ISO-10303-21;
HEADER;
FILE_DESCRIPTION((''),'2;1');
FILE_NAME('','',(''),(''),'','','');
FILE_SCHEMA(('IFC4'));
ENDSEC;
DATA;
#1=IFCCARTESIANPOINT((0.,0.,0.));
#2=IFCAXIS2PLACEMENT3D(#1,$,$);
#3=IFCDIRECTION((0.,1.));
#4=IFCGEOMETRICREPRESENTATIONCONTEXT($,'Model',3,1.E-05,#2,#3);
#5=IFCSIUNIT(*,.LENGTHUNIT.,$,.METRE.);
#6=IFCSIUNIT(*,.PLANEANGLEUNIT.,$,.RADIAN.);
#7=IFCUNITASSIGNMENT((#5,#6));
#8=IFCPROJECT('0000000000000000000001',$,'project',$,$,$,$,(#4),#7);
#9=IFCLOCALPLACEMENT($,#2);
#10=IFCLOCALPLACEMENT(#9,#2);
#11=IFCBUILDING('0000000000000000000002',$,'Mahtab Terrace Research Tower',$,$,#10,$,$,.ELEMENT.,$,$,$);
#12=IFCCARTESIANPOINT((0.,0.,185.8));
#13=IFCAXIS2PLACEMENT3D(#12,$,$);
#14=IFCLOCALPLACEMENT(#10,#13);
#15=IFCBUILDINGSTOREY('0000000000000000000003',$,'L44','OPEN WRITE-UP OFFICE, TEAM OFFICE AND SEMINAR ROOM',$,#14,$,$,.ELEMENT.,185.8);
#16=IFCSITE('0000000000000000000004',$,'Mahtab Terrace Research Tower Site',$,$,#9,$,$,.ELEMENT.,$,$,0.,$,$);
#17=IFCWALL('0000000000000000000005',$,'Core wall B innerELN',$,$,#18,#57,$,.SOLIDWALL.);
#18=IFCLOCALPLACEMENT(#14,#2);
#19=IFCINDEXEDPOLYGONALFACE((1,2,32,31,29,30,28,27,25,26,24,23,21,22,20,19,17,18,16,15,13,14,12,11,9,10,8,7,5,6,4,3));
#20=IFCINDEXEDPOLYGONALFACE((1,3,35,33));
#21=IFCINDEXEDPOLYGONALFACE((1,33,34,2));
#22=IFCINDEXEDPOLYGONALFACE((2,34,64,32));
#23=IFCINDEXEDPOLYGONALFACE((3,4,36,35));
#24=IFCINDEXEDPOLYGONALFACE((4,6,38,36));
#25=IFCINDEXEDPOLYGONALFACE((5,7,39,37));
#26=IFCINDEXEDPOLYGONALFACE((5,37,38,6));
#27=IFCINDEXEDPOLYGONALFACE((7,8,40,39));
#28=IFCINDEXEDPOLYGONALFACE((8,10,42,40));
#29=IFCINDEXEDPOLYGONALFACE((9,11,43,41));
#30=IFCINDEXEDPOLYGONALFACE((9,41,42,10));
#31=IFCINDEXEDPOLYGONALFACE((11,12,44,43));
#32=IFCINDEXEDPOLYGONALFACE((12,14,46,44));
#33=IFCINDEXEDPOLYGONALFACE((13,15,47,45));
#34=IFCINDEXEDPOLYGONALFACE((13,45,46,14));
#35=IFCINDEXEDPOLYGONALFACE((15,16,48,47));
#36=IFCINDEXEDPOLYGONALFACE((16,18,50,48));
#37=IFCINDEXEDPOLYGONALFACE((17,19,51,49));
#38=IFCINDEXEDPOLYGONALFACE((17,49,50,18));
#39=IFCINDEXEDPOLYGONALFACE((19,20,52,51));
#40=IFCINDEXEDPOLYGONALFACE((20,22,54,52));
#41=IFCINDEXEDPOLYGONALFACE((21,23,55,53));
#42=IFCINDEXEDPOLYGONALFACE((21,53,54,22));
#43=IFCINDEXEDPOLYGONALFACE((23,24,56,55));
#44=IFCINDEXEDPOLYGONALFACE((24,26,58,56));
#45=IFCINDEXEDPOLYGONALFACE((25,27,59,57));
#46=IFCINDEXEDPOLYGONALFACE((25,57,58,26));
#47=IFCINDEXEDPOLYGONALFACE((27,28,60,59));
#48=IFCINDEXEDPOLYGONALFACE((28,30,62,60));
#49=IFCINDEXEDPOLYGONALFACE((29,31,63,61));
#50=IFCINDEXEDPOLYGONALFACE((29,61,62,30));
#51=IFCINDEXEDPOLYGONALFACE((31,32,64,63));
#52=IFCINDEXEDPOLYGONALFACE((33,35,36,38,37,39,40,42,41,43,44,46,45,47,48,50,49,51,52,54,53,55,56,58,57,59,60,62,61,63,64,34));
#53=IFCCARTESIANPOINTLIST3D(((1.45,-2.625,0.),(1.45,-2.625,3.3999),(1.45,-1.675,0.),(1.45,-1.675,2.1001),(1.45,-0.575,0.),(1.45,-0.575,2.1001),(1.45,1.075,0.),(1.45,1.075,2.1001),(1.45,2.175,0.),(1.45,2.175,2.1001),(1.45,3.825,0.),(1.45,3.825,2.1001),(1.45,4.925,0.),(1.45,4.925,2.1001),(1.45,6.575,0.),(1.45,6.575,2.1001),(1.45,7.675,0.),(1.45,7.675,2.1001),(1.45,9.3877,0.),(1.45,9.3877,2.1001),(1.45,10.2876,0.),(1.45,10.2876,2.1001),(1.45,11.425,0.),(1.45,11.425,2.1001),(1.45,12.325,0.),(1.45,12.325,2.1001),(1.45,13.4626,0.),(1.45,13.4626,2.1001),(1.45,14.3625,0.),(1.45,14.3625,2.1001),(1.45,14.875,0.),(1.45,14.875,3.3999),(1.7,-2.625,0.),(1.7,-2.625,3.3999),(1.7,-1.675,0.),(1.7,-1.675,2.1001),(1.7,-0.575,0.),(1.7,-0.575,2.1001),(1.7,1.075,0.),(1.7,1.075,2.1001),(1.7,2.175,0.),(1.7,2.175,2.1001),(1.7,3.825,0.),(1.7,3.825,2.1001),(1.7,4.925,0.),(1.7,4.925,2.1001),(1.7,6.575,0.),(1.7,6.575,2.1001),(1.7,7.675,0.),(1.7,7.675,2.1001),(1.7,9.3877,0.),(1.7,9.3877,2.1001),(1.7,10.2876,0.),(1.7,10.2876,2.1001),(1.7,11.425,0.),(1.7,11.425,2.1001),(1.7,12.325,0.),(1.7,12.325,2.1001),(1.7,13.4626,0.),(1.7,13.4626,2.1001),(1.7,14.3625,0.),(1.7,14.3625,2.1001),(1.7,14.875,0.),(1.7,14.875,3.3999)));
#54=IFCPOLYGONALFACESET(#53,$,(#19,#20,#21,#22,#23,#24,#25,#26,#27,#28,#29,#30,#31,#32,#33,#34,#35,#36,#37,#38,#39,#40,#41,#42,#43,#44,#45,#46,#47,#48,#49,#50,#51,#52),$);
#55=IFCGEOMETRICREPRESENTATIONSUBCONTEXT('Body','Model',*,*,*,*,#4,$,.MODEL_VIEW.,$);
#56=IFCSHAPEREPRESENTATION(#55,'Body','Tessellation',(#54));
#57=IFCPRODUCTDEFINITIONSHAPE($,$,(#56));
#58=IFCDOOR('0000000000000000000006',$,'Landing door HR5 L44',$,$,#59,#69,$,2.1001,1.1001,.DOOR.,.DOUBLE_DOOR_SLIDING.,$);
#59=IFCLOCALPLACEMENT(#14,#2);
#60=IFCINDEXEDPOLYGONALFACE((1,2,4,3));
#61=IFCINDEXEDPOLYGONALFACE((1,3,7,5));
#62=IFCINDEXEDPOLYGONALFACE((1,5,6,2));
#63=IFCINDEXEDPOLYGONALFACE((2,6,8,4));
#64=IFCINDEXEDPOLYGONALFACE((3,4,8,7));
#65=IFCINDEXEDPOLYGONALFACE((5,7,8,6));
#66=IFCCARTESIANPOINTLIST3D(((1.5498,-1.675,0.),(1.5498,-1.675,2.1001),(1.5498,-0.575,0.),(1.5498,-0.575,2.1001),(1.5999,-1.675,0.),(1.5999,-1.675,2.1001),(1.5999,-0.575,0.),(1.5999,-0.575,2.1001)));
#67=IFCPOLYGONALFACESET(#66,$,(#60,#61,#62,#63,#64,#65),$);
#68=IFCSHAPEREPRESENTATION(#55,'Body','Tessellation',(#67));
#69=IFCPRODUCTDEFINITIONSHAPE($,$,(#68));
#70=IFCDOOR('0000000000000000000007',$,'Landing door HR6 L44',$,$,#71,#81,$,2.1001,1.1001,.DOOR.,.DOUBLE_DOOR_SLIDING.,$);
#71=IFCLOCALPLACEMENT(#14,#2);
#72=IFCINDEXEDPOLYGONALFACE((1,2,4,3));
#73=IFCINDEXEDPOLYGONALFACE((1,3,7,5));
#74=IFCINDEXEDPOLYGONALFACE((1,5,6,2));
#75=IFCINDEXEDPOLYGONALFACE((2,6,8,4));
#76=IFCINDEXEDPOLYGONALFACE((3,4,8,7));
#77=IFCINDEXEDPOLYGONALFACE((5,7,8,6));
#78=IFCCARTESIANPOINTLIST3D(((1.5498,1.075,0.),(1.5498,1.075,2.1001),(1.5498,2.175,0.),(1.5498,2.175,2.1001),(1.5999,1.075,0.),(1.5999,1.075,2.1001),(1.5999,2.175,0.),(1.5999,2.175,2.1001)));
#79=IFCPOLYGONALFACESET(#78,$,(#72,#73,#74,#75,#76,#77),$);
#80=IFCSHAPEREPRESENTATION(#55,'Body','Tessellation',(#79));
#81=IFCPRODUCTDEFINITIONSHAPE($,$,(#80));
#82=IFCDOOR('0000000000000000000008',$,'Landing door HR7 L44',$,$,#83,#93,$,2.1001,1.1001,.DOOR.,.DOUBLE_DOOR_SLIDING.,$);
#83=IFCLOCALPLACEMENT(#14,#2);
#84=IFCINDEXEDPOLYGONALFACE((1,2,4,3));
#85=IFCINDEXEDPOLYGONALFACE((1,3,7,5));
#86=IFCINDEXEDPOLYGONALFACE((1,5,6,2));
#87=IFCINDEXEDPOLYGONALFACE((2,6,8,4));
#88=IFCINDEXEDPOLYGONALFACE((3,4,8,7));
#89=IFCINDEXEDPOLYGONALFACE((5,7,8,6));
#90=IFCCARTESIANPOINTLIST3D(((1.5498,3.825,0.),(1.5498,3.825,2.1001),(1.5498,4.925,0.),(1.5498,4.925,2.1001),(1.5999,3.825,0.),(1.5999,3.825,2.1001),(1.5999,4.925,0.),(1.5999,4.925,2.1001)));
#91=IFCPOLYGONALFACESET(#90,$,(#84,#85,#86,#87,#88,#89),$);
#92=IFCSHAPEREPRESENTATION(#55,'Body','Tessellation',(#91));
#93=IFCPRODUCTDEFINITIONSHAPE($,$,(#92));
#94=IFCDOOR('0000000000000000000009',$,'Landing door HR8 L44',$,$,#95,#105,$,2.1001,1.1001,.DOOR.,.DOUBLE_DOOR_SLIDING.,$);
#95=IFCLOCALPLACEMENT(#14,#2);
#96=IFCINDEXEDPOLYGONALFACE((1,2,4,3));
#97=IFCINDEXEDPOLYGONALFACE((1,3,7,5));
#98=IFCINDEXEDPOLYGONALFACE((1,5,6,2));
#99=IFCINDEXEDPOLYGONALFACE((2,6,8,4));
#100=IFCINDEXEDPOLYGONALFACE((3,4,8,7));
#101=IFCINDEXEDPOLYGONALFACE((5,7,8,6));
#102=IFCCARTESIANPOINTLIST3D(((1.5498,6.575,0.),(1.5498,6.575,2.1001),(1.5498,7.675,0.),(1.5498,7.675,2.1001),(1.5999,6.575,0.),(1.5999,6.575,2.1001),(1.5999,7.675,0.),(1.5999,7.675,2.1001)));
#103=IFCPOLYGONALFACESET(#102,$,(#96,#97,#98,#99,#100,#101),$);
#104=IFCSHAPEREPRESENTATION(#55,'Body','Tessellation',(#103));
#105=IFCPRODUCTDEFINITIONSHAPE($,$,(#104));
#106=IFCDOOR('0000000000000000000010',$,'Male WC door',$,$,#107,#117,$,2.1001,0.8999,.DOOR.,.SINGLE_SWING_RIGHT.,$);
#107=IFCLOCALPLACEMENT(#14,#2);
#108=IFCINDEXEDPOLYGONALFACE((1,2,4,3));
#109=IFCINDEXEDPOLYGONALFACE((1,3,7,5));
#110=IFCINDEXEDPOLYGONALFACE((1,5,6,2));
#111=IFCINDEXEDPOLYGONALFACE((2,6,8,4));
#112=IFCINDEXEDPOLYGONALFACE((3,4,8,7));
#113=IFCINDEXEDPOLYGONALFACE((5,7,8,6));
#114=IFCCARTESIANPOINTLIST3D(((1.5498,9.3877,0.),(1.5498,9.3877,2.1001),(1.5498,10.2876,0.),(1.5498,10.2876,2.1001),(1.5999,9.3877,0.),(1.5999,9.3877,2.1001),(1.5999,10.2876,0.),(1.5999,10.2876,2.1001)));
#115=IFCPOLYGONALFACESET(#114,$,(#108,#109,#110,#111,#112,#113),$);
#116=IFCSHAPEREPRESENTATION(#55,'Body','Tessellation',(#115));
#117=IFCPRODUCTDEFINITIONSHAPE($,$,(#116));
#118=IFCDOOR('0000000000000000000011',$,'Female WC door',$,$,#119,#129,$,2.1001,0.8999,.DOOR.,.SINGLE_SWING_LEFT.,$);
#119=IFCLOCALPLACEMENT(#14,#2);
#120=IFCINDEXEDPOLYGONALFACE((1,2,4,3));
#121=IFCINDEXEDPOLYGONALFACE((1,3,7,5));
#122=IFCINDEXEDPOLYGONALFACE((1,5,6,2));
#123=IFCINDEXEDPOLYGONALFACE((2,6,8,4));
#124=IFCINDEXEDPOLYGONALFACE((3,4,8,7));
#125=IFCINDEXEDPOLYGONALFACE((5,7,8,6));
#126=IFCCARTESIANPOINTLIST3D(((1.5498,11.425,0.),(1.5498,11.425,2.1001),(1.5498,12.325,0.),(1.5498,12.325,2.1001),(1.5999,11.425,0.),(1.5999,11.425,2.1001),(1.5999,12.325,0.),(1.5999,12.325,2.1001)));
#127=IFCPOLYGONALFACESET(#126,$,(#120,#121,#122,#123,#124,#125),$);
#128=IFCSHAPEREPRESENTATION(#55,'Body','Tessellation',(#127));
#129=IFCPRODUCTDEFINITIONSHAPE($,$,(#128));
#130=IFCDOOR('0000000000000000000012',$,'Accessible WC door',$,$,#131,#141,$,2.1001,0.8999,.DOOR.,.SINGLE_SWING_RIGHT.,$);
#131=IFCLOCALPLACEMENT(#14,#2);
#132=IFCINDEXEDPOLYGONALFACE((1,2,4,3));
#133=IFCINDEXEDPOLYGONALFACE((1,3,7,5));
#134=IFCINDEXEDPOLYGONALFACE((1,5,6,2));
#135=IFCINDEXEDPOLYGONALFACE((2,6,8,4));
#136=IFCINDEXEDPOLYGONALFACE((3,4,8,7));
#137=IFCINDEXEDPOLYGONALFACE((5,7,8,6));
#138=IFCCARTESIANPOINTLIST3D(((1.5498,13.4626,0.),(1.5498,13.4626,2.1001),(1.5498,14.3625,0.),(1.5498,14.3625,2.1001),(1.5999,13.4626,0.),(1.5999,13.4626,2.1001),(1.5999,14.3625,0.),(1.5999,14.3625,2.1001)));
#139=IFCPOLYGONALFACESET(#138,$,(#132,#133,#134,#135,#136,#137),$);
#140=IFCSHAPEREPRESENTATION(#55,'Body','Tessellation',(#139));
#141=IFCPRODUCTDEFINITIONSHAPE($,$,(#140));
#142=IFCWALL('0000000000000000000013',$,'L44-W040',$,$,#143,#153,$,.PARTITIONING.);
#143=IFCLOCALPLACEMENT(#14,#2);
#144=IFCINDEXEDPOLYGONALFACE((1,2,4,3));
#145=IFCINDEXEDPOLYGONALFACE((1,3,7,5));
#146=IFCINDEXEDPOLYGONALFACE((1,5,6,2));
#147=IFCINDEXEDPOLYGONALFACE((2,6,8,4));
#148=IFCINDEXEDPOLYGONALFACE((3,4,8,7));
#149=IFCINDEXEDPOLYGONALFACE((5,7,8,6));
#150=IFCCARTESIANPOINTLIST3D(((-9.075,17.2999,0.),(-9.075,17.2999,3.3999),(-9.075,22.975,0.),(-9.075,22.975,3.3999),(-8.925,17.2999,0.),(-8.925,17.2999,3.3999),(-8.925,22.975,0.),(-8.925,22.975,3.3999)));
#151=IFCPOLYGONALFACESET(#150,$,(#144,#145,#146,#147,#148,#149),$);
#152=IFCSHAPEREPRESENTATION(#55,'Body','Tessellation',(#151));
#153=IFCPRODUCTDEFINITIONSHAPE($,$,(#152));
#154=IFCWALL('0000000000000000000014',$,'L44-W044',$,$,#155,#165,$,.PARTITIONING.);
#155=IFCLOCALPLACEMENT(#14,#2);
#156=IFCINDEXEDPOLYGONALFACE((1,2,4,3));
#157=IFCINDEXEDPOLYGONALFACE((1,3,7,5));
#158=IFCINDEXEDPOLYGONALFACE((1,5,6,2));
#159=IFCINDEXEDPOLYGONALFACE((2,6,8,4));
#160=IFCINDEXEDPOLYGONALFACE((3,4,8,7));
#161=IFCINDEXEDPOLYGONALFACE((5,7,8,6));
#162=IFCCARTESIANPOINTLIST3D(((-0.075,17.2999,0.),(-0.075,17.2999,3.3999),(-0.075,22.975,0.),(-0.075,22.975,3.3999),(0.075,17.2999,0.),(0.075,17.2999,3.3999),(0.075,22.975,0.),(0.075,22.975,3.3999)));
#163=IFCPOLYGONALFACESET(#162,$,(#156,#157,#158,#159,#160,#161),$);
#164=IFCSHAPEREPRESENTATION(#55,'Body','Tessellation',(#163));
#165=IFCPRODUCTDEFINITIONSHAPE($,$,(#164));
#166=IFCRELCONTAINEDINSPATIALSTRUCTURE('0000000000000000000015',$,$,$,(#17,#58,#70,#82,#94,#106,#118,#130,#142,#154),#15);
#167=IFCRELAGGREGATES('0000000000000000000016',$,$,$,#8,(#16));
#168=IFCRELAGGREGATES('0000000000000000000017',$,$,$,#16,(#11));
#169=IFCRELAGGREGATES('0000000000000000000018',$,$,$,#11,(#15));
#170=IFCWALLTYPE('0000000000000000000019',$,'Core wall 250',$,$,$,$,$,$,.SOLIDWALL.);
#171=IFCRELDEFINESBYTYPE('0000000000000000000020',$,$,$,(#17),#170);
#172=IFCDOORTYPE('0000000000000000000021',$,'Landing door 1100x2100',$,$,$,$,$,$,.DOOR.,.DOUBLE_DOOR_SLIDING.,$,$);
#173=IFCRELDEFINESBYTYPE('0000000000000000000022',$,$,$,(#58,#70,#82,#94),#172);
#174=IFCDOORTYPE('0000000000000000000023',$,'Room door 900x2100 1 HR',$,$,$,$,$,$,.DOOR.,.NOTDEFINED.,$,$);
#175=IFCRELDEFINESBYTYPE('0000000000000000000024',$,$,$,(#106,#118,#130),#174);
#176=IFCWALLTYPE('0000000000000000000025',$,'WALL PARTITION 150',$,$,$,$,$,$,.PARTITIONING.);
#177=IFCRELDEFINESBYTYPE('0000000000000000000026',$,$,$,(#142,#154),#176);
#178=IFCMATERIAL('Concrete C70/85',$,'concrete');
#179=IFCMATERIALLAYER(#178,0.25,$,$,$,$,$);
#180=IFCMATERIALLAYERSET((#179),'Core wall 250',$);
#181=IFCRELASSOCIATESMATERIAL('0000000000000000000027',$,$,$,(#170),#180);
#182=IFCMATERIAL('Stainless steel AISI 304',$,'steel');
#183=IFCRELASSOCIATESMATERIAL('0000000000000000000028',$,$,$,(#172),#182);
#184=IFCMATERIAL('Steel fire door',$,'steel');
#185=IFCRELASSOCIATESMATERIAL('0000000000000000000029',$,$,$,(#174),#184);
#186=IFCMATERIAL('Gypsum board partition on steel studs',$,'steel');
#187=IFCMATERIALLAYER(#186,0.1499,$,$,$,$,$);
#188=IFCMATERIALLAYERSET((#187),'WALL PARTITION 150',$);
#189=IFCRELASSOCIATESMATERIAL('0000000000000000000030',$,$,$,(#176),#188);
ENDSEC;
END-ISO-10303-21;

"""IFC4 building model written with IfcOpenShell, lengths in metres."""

from ifc_helpers import new_model, si_unit, direction, frame, frame_2d, origin, place, context, subcontext, project, spatial, rectangle, extrude, material, layer, layer_set, type_object, element, fill, save


model = new_model("IFC4")

# Units and contexts
model_context = context("Model", 3, precision=1e-05, world=origin(), true_north=direction((0.0, 1.0)))
body_context = subcontext(model_context, "Body", "Model", "MODEL_VIEW")
ifc_project = project(units=[si_unit("LENGTHUNIT", "METRE"), si_unit("PLANEANGLEUNIT", "RADIAN")], contexts=[model_context])

# Site, building, storey
site_placement = place(None, origin())
site = spatial("IfcSite", under=ifc_project, at=site_placement, Name="Mahtab Terrace Research Tower Site", CompositionType="ELEMENT", RefElevation=0.0)
building_placement = place(site_placement, origin())
building = spatial("IfcBuilding", under=site, at=building_placement, Name="Mahtab Terrace Research Tower", CompositionType="ELEMENT")
storey_placement = place(building_placement, frame((0.0, 0.0, 185.8)))
storey = spatial("IfcBuildingStorey", under=building, at=storey_placement, Name="L44", Description="OPEN WRITE-UP OFFICE, TEAM OFFICE AND SEMINAR ROOM", CompositionType="ELEMENT", Elevation=185.8)

# Shared definitions
ifc_material_1 = material(Name="Concrete C70/85", Category="concrete")
ifc_layer_1 = layer(ifc_material_1, 0.25)
ifc_layer_set_1 = layer_set([ifc_layer_1], Name="Core wall 250")
wall_type_1 = type_object("IfcWallType", Name="Core wall 250", PredefinedType="SOLIDWALL", material=ifc_layer_set_1)

# Shared definitions
ifc_material_2 = material(Name="Steel fire door", Category="steel")

# Wall, openings, doors
wall_1_placement = place(storey_placement, frame((1.575, 14.875, 0.0), z_axis=(0.0, 0.0, 1.0), x_axis=(0.0, -1.0, 0.0)))
wall_1 = element("IfcWall", 1, at=wall_1_placement, inside=storey, type_object=wall_type_1, Name="Core wall B innerELN", PredefinedType="SOLIDWALL", context=body_context, shape_type="SweptSolid", body=[
    extrude(rectangle(XDim=17.5, YDim=0.25, at=frame_2d((8.75, 0.0))), origin(), (0.0, 0.0, 1.0), 3.3999),
])
opening_1_placement = place(wall_1_placement, frame((15.45, 0.0, 0.0)))
opening_1 = element("IfcOpeningElement", 2, at=opening_1_placement, cuts=wall_1, PredefinedType="OPENING", context=body_context, shape_type="SweptSolid", body=[
    extrude(rectangle(XDim=1.1001, YDim=2.1001, at=frame_2d((0.55, 1.05))), frame((0.0, 0.135, 0.0), z_axis=(0.0, -1.0, 0.0), x_axis=(1.0, 0.0, 0.0)), (0.0, 0.0, 1.0), 0.27),
])
opening_2_placement = place(wall_1_placement, frame((12.7, 0.0, 0.0)))
opening_2 = element("IfcOpeningElement", 3, at=opening_2_placement, cuts=wall_1, PredefinedType="OPENING", context=body_context, shape_type="SweptSolid", body=[
    extrude(rectangle(XDim=1.1001, YDim=2.1001, at=frame_2d((0.55, 1.05))), frame((0.0, 0.135, 0.0), z_axis=(0.0, -1.0, 0.0), x_axis=(1.0, 0.0, 0.0)), (0.0, 0.0, 1.0), 0.27),
])
opening_3_placement = place(wall_1_placement, frame((9.95, 0.0, 0.0)))
opening_3 = element("IfcOpeningElement", 4, at=opening_3_placement, cuts=wall_1, PredefinedType="OPENING", context=body_context, shape_type="SweptSolid", body=[
    extrude(rectangle(XDim=1.1001, YDim=2.1001, at=frame_2d((0.55, 1.05))), frame((0.0, 0.135, 0.0), z_axis=(0.0, -1.0, 0.0), x_axis=(1.0, 0.0, 0.0)), (0.0, 0.0, 1.0), 0.27),
])
opening_4_placement = place(wall_1_placement, frame((7.2, 0.0, 0.0)))
opening_4 = element("IfcOpeningElement", 5, at=opening_4_placement, cuts=wall_1, PredefinedType="OPENING", context=body_context, shape_type="SweptSolid", body=[
    extrude(rectangle(XDim=1.1001, YDim=2.1001, at=frame_2d((0.55, 1.05))), frame((0.0, 0.135, 0.0), z_axis=(0.0, -1.0, 0.0), x_axis=(1.0, 0.0, 0.0)), (0.0, 0.0, 1.0), 0.27),
])
opening_5_placement = place(wall_1_placement, frame((4.5874, 0.0, 0.0)))
opening_5 = element("IfcOpeningElement", 6, at=opening_5_placement, cuts=wall_1, PredefinedType="OPENING", context=body_context, shape_type="SweptSolid", body=[
    extrude(rectangle(XDim=0.8999, YDim=2.1001, at=frame_2d((0.45, 1.05))), frame((0.0, 0.135, 0.0), z_axis=(0.0, -1.0, 0.0), x_axis=(1.0, 0.0, 0.0)), (0.0, 0.0, 1.0), 0.27),
])
opening_6_placement = place(wall_1_placement, frame((2.55, 0.0, 0.0)))
opening_6 = element("IfcOpeningElement", 7, at=opening_6_placement, cuts=wall_1, PredefinedType="OPENING", context=body_context, shape_type="SweptSolid", body=[
    extrude(rectangle(XDim=0.8999, YDim=2.1001, at=frame_2d((0.45, 1.05))), frame((0.0, 0.135, 0.0), z_axis=(0.0, -1.0, 0.0), x_axis=(1.0, 0.0, 0.0)), (0.0, 0.0, 1.0), 0.27),
])
opening_7_placement = place(wall_1_placement, frame((0.5125, 0.0, 0.0)))
opening_7 = element("IfcOpeningElement", 8, at=opening_7_placement, cuts=wall_1, PredefinedType="OPENING", context=body_context, shape_type="SweptSolid", body=[
    extrude(rectangle(XDim=0.8999, YDim=2.1001, at=frame_2d((0.45, 1.05))), frame((0.0, 0.135, 0.0), z_axis=(0.0, -1.0, 0.0), x_axis=(1.0, 0.0, 0.0)), (0.0, 0.0, 1.0), 0.27),
])
ifc_material_3 = material(Name="Stainless steel AISI 304", Category="steel")
door_type_1 = type_object("IfcDoorType", Name="Landing door 1100x2100", OperationType="DOUBLE_DOOR_SLIDING", PredefinedType="DOOR", material=ifc_material_3)
door_1_placement = place(opening_1_placement, origin())
door_1 = element("IfcDoor", 9, at=door_1_placement, inside=storey, type_object=door_type_1, Name="Landing door HR5 L44", OperationType="DOUBLE_DOOR_SLIDING", OverallHeight=2.1001, OverallWidth=1.1001, PredefinedType="DOOR", context=body_context, shape_type="SweptSolid", body=[
    extrude(rectangle(XDim=1.1001, YDim=2.1001, at=frame_2d((0.55, 1.05))), frame((0.0, 0.0249, 0.0), z_axis=(0.0, -1.0, 0.0), x_axis=(1.0, 0.0, 0.0)), (0.0, 0.0, 1.0), 0.05),
])
fill(opening_1, door_1)
door_2_placement = place(opening_2_placement, origin())
door_2 = element("IfcDoor", 10, at=door_2_placement, inside=storey, type_object=door_type_1, Name="Landing door HR6 L44", OperationType="DOUBLE_DOOR_SLIDING", OverallHeight=2.1001, OverallWidth=1.1001, PredefinedType="DOOR", context=body_context, shape_type="SweptSolid", body=[
    extrude(rectangle(XDim=1.1001, YDim=2.1001, at=frame_2d((0.55, 1.05))), frame((0.0, 0.0249, 0.0), z_axis=(0.0, -1.0, 0.0), x_axis=(1.0, 0.0, 0.0)), (0.0, 0.0, 1.0), 0.05),
])
fill(opening_2, door_2)
door_3_placement = place(opening_3_placement, origin())
door_3 = element("IfcDoor", 11, at=door_3_placement, inside=storey, type_object=door_type_1, Name="Landing door HR7 L44", OperationType="DOUBLE_DOOR_SLIDING", OverallHeight=2.1001, OverallWidth=1.1001, PredefinedType="DOOR", context=body_context, shape_type="SweptSolid", body=[
    extrude(rectangle(XDim=1.1001, YDim=2.1001, at=frame_2d((0.55, 1.05))), frame((0.0, 0.0249, 0.0), z_axis=(0.0, -1.0, 0.0), x_axis=(1.0, 0.0, 0.0)), (0.0, 0.0, 1.0), 0.05),
])
fill(opening_3, door_3)
door_4_placement = place(opening_4_placement, origin())
door_4 = element("IfcDoor", 12, at=door_4_placement, inside=storey, type_object=door_type_1, Name="Landing door HR8 L44", OperationType="DOUBLE_DOOR_SLIDING", OverallHeight=2.1001, OverallWidth=1.1001, PredefinedType="DOOR", context=body_context, shape_type="SweptSolid", body=[
    extrude(rectangle(XDim=1.1001, YDim=2.1001, at=frame_2d((0.55, 1.05))), frame((0.0, 0.0249, 0.0), z_axis=(0.0, -1.0, 0.0), x_axis=(1.0, 0.0, 0.0)), (0.0, 0.0, 1.0), 0.05),
])
fill(opening_4, door_4)
door_type_2 = type_object("IfcDoorType", Name="Room door 900x2100 1 HR", OperationType="NOTDEFINED", PredefinedType="DOOR", material=ifc_material_2)
door_5_placement = place(opening_5_placement, origin())
door_5 = element("IfcDoor", 13, at=door_5_placement, inside=storey, type_object=door_type_2, Name="Male WC door", OperationType="SINGLE_SWING_RIGHT", OverallHeight=2.1001, OverallWidth=0.8999, PredefinedType="DOOR", context=body_context, shape_type="SweptSolid", body=[
    extrude(rectangle(XDim=0.8999, YDim=2.1001, at=frame_2d((0.45, 1.05))), frame((0.0, 0.0249, 0.0), z_axis=(0.0, -1.0, 0.0), x_axis=(1.0, 0.0, 0.0)), (0.0, 0.0, 1.0), 0.05),
])
fill(opening_5, door_5)
door_6_placement = place(opening_6_placement, origin())
door_6 = element("IfcDoor", 14, at=door_6_placement, inside=storey, type_object=door_type_2, Name="Female WC door", OperationType="SINGLE_SWING_LEFT", OverallHeight=2.1001, OverallWidth=0.8999, PredefinedType="DOOR", context=body_context, shape_type="SweptSolid", body=[
    extrude(rectangle(XDim=0.8999, YDim=2.1001, at=frame_2d((0.45, 1.05))), frame((0.0, 0.0249, 0.0), z_axis=(0.0, -1.0, 0.0), x_axis=(1.0, 0.0, 0.0)), (0.0, 0.0, 1.0), 0.05),
])
fill(opening_6, door_6)
door_7_placement = place(opening_7_placement, origin())
door_7 = element("IfcDoor", 15, at=door_7_placement, inside=storey, type_object=door_type_2, Name="Accessible WC door", OperationType="SINGLE_SWING_RIGHT", OverallHeight=2.1001, OverallWidth=0.8999, PredefinedType="DOOR", context=body_context, shape_type="SweptSolid", body=[
    extrude(rectangle(XDim=0.8999, YDim=2.1001, at=frame_2d((0.45, 1.05))), frame((0.0, 0.0249, 0.0), z_axis=(0.0, -1.0, 0.0), x_axis=(1.0, 0.0, 0.0)), (0.0, 0.0, 1.0), 0.05),
])
fill(opening_7, door_7)

# Walls
ifc_material_4 = material(Name="Gypsum board partition on steel studs", Category="steel")
ifc_layer_2 = layer(ifc_material_4, 0.1499)
ifc_layer_set_2 = layer_set([ifc_layer_2], Name="WALL PARTITION 150")
wall_type_2 = type_object("IfcWallType", Name="WALL PARTITION 150", PredefinedType="PARTITIONING", material=ifc_layer_set_2)
for number, where, z_axis, x_axis, name in (
    (16, (-9.0, 17.3, 0.0), (0.0, 0.0, 1.0), (0.0, 1.0, 0.0), "L44-W040"),
    (17, (0.0, 17.3, 0.0), (0.0, 0.0, 1.0), (0.0, 1.0, 0.0), "L44-W044"),
):
    element("IfcWall", number, at=place(storey_placement, frame(where, z_axis=z_axis, x_axis=x_axis)), inside=storey, type_object=wall_type_2, Name=name, PredefinedType="PARTITIONING", context=body_context, shape_type="SweptSolid", body=[
        extrude(rectangle(XDim=5.675, YDim=0.1499, at=frame_2d((2.8374, 0.0))), origin(), (0.0, 0.0, 1.0), 3.3999),
    ])

save(model, "model.ifc")
